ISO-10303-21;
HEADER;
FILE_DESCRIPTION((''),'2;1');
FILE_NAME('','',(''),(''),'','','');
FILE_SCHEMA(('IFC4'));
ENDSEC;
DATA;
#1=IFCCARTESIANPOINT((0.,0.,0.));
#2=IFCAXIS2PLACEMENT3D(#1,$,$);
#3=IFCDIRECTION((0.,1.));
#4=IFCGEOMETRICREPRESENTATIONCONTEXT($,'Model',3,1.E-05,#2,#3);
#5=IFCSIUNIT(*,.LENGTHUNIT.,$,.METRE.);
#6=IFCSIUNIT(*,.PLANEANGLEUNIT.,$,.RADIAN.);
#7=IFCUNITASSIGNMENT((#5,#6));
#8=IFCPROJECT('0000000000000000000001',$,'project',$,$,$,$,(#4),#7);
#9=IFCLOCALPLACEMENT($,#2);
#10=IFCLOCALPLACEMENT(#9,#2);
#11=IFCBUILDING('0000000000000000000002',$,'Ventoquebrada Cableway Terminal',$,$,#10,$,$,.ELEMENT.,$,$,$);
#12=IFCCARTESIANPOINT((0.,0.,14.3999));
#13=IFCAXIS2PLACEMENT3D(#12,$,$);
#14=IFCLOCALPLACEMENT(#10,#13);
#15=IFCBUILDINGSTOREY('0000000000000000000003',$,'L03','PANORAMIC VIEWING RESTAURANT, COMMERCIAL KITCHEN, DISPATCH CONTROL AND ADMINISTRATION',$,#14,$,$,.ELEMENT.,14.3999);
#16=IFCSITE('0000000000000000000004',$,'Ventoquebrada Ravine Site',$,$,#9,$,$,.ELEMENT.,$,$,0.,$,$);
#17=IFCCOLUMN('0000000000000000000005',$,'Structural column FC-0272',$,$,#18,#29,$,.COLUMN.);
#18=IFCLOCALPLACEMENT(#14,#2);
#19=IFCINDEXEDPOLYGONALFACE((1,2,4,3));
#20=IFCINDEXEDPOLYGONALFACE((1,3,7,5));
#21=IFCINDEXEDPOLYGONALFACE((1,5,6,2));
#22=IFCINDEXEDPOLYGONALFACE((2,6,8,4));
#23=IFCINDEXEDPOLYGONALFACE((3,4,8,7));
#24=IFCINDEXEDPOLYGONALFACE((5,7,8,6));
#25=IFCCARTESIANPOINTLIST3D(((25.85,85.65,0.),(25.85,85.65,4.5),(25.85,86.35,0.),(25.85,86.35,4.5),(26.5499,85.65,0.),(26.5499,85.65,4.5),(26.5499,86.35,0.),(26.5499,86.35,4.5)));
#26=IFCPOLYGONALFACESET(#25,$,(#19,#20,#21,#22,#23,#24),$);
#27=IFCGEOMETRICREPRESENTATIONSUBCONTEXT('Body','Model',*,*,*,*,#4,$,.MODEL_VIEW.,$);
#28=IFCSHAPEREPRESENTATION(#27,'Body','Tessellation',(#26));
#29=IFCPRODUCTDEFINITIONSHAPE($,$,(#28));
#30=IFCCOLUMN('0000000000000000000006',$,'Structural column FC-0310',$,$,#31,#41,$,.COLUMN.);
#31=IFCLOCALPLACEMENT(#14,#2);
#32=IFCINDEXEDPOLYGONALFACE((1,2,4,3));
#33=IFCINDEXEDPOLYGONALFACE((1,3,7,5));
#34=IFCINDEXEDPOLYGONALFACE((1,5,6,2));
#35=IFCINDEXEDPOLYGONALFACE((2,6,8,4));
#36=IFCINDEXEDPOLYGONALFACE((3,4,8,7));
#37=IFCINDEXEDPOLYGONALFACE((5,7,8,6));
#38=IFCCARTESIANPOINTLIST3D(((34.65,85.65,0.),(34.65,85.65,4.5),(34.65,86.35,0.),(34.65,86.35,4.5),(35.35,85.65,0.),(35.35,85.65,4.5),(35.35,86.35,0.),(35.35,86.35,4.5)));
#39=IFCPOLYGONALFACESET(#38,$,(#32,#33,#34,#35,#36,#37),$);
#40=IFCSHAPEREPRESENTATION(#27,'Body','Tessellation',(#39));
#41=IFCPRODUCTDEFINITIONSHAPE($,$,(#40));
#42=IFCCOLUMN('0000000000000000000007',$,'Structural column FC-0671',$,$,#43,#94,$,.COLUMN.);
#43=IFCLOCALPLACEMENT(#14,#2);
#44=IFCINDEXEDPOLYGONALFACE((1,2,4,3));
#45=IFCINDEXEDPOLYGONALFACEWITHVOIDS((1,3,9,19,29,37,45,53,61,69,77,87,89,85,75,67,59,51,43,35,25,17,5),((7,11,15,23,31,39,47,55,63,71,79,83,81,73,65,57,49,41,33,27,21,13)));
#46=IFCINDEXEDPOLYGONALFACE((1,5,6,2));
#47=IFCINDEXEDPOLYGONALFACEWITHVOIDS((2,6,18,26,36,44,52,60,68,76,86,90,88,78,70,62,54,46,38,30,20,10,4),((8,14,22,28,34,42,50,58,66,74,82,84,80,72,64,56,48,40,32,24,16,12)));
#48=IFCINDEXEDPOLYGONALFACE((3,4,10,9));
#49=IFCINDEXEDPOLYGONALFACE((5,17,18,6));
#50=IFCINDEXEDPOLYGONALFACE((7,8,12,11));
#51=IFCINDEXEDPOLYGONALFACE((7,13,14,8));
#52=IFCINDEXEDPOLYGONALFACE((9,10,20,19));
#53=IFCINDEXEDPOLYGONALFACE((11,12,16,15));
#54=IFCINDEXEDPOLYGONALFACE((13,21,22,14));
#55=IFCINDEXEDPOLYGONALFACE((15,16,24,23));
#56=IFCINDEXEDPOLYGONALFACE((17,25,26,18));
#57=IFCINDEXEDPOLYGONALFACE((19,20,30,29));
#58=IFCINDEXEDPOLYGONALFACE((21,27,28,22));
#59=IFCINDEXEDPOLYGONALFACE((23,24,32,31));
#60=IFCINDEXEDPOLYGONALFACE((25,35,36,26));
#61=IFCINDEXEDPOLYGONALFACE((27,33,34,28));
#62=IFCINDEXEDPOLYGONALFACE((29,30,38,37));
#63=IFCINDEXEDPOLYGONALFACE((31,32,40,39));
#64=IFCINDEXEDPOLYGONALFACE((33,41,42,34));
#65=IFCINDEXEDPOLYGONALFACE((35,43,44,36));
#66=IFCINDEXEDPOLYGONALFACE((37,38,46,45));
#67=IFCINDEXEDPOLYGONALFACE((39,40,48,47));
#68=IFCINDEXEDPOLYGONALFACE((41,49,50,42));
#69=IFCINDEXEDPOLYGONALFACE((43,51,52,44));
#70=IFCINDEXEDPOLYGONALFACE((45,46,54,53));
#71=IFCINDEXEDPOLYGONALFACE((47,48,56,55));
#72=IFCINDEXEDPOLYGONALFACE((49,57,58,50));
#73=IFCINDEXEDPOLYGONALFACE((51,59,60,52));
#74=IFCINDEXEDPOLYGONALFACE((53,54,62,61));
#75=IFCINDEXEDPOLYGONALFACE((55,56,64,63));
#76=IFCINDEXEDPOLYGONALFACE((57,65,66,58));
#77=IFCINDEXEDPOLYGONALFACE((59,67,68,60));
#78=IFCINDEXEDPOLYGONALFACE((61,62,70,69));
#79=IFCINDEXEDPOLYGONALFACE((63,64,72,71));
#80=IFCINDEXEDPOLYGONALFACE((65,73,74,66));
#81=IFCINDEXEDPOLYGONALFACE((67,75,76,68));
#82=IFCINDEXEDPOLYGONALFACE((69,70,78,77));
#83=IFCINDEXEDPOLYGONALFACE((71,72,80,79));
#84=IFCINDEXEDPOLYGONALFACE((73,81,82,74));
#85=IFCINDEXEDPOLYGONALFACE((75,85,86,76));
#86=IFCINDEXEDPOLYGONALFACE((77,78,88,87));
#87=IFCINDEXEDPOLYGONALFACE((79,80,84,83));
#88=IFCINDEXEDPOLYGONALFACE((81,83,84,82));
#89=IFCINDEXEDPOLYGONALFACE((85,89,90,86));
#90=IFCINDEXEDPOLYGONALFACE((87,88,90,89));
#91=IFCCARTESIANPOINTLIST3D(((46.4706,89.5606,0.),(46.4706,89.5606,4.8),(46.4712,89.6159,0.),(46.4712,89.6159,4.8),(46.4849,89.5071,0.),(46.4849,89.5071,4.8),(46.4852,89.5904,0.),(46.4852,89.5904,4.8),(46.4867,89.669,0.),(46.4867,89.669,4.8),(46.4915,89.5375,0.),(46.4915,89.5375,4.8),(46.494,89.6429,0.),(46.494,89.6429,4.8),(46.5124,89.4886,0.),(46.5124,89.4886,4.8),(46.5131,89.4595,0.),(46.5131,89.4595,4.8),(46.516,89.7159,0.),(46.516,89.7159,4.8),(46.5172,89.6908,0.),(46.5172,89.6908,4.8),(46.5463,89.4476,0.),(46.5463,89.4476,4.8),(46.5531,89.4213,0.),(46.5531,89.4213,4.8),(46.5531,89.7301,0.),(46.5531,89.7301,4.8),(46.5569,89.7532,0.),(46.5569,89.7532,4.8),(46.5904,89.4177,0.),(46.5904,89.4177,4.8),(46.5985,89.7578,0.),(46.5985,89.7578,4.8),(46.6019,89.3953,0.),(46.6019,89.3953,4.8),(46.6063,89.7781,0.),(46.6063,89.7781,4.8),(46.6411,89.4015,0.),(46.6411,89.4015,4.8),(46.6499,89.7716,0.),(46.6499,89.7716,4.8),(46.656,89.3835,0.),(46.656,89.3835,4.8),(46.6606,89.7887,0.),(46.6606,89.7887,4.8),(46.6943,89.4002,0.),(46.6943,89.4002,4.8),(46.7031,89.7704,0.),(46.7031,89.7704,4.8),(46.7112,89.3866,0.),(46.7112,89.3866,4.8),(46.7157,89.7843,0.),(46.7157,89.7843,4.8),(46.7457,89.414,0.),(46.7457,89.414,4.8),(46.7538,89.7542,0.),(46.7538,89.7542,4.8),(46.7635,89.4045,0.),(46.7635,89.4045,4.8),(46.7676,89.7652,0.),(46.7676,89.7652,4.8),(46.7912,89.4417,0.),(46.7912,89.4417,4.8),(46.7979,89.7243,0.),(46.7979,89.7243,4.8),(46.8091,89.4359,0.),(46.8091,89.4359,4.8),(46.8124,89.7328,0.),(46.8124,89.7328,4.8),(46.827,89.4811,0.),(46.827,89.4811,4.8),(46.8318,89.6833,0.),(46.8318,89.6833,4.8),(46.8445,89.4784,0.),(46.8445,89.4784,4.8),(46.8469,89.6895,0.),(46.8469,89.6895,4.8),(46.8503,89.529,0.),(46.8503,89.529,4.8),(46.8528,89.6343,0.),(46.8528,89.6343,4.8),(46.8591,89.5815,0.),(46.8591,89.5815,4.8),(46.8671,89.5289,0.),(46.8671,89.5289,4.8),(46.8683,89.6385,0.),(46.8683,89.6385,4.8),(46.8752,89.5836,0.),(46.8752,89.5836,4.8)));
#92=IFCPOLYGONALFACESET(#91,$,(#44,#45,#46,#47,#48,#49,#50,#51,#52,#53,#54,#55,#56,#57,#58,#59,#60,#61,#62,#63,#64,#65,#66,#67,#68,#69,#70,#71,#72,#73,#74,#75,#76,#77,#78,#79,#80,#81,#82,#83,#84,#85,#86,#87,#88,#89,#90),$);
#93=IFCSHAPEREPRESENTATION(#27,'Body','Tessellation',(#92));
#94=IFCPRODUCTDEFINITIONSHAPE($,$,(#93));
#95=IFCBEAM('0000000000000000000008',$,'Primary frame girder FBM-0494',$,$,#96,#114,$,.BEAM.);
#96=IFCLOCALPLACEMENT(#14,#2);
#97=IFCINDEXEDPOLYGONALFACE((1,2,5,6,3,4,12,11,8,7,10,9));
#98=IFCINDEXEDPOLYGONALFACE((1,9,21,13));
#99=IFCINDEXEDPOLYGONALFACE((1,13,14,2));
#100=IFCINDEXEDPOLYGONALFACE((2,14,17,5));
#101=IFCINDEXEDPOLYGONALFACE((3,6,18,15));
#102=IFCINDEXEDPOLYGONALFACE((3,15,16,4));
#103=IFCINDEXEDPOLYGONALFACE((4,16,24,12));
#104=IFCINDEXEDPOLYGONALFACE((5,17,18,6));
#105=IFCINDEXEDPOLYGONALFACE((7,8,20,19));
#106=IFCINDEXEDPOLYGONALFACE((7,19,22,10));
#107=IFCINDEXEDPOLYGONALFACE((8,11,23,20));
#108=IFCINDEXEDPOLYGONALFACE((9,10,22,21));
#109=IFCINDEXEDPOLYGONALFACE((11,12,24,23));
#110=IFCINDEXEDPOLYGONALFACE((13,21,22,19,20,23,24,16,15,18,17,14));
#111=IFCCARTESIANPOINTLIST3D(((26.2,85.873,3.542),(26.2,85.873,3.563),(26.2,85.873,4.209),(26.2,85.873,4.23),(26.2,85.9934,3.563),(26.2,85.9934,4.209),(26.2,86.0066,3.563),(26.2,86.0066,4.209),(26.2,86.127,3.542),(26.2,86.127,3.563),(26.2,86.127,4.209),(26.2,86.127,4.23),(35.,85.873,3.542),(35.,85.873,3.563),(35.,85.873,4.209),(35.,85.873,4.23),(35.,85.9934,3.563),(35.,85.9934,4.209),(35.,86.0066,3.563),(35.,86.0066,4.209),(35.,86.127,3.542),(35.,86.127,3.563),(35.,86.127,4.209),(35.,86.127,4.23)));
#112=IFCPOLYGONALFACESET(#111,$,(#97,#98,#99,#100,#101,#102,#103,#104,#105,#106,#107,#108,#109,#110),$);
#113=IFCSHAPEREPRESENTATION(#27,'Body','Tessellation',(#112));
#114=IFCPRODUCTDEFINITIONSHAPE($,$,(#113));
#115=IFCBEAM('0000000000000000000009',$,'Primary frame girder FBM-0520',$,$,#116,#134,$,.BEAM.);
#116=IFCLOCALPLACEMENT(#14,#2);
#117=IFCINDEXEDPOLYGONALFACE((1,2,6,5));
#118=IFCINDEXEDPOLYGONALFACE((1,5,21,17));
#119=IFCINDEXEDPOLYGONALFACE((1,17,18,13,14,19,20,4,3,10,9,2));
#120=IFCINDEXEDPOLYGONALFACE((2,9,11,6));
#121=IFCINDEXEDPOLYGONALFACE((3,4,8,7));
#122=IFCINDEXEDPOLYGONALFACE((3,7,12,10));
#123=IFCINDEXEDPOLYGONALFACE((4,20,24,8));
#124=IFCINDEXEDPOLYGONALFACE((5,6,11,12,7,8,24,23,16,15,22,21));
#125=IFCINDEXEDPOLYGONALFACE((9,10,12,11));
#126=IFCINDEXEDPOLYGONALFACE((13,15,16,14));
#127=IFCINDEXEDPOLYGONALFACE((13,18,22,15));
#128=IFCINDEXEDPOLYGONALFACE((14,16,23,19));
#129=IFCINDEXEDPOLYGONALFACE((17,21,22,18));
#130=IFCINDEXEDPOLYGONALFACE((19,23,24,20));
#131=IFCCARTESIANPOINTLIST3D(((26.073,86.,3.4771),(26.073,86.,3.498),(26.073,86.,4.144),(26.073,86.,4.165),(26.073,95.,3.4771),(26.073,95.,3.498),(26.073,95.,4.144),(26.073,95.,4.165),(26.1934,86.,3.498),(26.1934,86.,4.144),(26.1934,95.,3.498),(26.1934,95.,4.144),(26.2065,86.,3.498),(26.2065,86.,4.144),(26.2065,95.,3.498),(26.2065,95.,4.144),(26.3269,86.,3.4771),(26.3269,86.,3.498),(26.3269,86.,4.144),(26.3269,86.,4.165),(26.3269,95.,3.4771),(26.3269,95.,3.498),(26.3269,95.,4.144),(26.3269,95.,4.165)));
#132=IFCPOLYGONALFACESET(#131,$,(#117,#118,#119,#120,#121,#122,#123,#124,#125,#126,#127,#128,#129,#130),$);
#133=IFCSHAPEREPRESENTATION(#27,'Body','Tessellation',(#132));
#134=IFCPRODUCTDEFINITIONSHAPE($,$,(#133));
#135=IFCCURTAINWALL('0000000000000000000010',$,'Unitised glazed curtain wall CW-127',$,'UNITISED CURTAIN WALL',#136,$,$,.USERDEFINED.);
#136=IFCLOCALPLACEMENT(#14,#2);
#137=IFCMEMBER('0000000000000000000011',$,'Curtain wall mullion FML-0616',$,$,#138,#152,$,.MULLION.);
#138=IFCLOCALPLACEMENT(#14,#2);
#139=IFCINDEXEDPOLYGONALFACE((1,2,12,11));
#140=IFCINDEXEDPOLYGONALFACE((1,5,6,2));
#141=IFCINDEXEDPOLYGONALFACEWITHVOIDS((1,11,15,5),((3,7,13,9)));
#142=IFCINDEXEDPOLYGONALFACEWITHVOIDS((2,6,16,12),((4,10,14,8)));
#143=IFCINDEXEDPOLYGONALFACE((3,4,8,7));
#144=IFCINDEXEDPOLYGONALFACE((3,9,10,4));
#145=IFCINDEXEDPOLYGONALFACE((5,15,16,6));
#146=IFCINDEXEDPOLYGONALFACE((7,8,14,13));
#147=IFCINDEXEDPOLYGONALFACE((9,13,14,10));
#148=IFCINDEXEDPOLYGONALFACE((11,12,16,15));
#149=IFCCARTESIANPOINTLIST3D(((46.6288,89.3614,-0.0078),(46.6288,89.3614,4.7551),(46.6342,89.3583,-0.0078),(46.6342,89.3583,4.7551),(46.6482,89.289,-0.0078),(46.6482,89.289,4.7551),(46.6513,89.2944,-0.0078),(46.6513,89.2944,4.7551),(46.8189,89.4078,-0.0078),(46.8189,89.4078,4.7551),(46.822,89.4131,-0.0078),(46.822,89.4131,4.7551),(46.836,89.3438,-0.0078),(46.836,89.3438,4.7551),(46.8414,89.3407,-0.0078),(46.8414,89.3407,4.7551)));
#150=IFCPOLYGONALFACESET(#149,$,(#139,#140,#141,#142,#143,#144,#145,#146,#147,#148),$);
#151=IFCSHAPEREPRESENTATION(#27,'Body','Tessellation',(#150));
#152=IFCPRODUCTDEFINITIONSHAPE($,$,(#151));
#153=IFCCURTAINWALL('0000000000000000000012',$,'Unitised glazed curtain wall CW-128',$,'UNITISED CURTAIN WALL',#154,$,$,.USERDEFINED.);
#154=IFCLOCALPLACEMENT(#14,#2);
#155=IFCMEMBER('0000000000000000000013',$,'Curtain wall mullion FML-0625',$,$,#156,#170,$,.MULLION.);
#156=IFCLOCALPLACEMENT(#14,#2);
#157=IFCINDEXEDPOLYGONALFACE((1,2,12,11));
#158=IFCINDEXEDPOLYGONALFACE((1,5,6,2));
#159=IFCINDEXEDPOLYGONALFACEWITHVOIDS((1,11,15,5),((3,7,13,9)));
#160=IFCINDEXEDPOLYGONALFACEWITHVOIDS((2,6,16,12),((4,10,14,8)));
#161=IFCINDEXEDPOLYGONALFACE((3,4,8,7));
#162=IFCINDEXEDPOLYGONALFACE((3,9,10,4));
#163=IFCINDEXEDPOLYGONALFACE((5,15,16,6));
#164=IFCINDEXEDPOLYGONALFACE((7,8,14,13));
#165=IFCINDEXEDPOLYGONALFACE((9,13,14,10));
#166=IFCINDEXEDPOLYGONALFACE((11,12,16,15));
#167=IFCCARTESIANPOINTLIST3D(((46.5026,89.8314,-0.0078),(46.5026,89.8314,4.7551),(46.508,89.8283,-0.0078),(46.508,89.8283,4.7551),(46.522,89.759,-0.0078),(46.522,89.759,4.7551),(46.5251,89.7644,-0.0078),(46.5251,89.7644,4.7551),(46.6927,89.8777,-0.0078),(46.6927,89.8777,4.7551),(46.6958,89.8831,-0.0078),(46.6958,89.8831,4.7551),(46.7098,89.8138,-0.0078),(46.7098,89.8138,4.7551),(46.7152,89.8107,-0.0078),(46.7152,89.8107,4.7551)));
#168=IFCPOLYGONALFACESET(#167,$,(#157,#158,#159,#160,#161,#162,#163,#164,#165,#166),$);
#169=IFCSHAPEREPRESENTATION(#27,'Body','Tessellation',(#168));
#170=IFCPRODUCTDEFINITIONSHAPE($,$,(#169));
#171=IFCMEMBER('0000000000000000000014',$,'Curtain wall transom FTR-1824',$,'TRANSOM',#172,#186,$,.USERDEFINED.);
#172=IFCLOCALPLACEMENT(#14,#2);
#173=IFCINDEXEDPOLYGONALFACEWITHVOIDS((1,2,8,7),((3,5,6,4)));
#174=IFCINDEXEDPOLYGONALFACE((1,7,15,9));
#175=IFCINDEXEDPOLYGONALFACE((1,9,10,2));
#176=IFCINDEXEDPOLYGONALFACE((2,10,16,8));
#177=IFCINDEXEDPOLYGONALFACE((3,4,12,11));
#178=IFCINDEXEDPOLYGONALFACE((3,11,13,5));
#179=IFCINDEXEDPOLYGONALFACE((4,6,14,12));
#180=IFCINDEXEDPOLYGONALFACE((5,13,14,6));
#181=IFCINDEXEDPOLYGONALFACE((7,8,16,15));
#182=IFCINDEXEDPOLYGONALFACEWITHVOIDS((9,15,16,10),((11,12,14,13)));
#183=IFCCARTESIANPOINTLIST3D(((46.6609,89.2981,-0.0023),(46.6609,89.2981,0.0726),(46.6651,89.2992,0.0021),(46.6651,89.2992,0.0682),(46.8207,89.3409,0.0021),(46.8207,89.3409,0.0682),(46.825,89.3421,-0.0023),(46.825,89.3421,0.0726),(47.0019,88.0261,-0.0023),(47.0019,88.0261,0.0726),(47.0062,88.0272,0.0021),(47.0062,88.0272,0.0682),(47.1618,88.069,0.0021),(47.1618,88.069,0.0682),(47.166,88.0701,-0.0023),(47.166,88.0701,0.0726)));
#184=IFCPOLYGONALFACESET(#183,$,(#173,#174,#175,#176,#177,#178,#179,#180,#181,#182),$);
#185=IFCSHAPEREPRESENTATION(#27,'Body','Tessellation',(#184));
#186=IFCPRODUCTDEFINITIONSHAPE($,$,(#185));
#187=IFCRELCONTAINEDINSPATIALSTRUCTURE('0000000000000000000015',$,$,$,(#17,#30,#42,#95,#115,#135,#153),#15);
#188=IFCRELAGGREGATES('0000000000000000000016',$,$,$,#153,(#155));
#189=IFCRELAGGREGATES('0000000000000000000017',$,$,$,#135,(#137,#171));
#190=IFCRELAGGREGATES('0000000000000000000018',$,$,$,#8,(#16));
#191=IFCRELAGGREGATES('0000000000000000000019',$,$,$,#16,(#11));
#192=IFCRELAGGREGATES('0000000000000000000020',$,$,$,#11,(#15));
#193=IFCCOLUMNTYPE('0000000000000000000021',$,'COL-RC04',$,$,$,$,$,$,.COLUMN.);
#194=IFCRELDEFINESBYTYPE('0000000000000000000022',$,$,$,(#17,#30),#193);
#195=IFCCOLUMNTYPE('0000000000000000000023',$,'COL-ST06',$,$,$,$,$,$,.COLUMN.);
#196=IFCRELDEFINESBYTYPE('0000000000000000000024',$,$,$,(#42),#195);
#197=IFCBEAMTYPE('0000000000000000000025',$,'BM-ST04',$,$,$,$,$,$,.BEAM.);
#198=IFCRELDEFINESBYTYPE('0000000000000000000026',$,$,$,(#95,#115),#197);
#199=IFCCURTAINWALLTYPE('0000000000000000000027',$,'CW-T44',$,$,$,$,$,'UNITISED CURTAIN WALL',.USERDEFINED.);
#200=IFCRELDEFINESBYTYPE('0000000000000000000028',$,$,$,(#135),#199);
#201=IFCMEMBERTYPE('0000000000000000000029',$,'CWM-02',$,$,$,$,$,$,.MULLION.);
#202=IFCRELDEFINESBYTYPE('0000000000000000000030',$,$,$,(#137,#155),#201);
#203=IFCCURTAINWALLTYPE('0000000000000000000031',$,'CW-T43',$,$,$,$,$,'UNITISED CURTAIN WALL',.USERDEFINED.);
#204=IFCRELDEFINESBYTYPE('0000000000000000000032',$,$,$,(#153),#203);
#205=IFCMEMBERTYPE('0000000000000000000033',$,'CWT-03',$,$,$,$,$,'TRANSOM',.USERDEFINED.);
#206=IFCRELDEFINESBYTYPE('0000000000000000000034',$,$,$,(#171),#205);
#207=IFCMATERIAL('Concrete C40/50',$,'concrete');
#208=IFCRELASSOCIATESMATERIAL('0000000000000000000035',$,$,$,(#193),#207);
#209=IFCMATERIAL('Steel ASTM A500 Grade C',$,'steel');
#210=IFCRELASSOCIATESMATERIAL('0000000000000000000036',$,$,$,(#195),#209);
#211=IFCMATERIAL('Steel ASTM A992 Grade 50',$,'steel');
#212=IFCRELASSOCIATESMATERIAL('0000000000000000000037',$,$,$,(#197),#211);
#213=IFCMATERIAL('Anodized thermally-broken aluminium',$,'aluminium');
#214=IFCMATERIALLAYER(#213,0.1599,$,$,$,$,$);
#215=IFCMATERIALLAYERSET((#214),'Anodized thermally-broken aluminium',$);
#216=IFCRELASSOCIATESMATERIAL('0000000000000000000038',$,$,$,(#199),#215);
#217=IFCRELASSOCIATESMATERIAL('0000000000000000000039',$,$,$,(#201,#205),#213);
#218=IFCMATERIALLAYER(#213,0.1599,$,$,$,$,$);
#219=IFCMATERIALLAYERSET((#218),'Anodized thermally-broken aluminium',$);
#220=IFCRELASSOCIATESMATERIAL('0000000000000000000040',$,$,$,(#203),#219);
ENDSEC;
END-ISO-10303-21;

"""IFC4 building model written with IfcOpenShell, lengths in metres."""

from ifc_helpers import new_model, si_unit, direction, frame, origin, origin_2d, place, context, subcontext, project, spatial, rectangle, hollow_rectangle, hollow_circle, i_section, extrude, material, layer, layer_set, material_profile, profile_set, type_object, element, aggregate, save


model = new_model("IFC4")

# Units and contexts
model_context = context("Model", 3, precision=1e-05, world=origin(), true_north=direction((0.0, 1.0)))
body_context = subcontext(model_context, "Body", "Model", "MODEL_VIEW")
ifc_project = project(units=[si_unit("LENGTHUNIT", "METRE"), si_unit("PLANEANGLEUNIT", "RADIAN")], contexts=[model_context])

# Site, building, storey
site_placement = place(None, origin())
site = spatial("IfcSite", under=ifc_project, at=site_placement, Name="Ventoquebrada Ravine Site", CompositionType="ELEMENT", RefElevation=0.0)
building_placement = place(site_placement, origin())
building = spatial("IfcBuilding", under=site, at=building_placement, Name="Ventoquebrada Cableway Terminal", CompositionType="ELEMENT")
storey_placement = place(building_placement, frame((0.0, 0.0, 14.3999)))
storey = spatial("IfcBuildingStorey", under=building, at=storey_placement, Name="L03", Description="PANORAMIC VIEWING RESTAURANT, COMMERCIAL KITCHEN, DISPATCH CONTROL AND ADMINISTRATION", CompositionType="ELEMENT", Elevation=14.3999)

# Columns
ifc_material_1 = material(Name="Concrete C40/50", Category="concrete")
ifc_material_profile_1 = material_profile(ifc_material_1, rectangle(XDim=0.7, YDim=0.7, at=origin_2d()), Name="RC-COL-700X700")
ifc_profile_set_1 = profile_set([ifc_material_profile_1], Name="Concrete C40/50")
column_type_1 = type_object("IfcColumnType", Name="COL-RC04", PredefinedType="COLUMN", material=ifc_profile_set_1)
for number, where, z_axis, x_axis, name in (
    (1, (26.2, 86.0, 0.0), (0.0, 0.0, 1.0), (1.0, 0.0, 0.0), "Structural column FC-0272"),
    (2, (35.0, 86.0, 0.0), (0.0, 0.0, 1.0), (1.0, 0.0, 0.0), "Structural column FC-0310"),
):
    element("IfcColumn", number, at=place(storey_placement, frame(where, z_axis=z_axis, x_axis=x_axis)), inside=storey, type_object=column_type_1, Name=name, PredefinedType="COLUMN", context=body_context, shape_type="SweptSolid", body=[
        extrude(rectangle(XDim=0.7, YDim=0.7, at=origin_2d()), origin(), (0.0, 0.0, 1.0), 4.5),
    ])
ifc_material_2 = material(Name="Steel ASTM A500 Grade C", Category="steel")
ifc_material_profile_2 = material_profile(ifc_material_2, hollow_circle(Radius=0.2031, WallThickness=0.0161, at=origin_2d()), Name="CHS406.4X16")
ifc_profile_set_2 = profile_set([ifc_material_profile_2], Name="Steel ASTM A500 Grade C")
column_type_2 = type_object("IfcColumnType", Name="COL-ST06", PredefinedType="COLUMN", material=ifc_profile_set_2)
column_placement = place(storey_placement, frame((46.6721, 89.5859, 0.0), z_axis=(0.0, 0.0, 1.0), x_axis=(0.965926, 0.258819, 0.0)))
element("IfcColumn", 3, at=column_placement, inside=storey, type_object=column_type_2, Name="Structural column FC-0671", PredefinedType="COLUMN", context=body_context, shape_type="SweptSolid", body=[
    extrude(hollow_circle(Radius=0.2031, WallThickness=0.0161, at=origin_2d()), origin(), (0.0, 0.0, 1.0), 4.8),
])

# Beams
ifc_material_3 = material(Name="Steel ASTM A992 Grade 50", Category="steel")
ifc_material_profile_3 = material_profile(ifc_material_3, i_section(OverallWidth=0.2539, OverallDepth=0.688, WebThickness=0.0132, FlangeThickness=0.021, at=origin_2d()), Name="W27X102")
ifc_profile_set_3 = profile_set([ifc_material_profile_3], Name="Steel ASTM A992 Grade 50")
beam_type_1 = type_object("IfcBeamType", Name="BM-ST04", PredefinedType="BEAM", material=ifc_profile_set_3)
beam_1_placement = place(storey_placement, frame((26.2, 86.0, 3.886), z_axis=(1.0, 0.0, 0.0), x_axis=(0.0, 1.0, 0.0)))
element("IfcBeam", 4, at=beam_1_placement, inside=storey, type_object=beam_type_1, Name="Primary frame girder FBM-0494", PredefinedType="BEAM", context=body_context, shape_type="SweptSolid", body=[
    extrude(i_section(OverallWidth=0.2539, OverallDepth=0.688, WebThickness=0.0132, FlangeThickness=0.021, at=origin_2d()), origin(), (0.0, 0.0, 1.0), 8.8),
])
beam_2_placement = place(storey_placement, frame((26.2, 86.0, 3.821), z_axis=(0.0, 1.0, 0.0), x_axis=(-1.0, 0.0, 0.0)))
element("IfcBeam", 5, at=beam_2_placement, inside=storey, type_object=beam_type_1, Name="Primary frame girder FBM-0520", PredefinedType="BEAM", context=body_context, shape_type="SweptSolid", body=[
    extrude(i_section(OverallWidth=0.2539, OverallDepth=0.688, WebThickness=0.0132, FlangeThickness=0.021, at=origin_2d()), origin(), (0.0, 0.0, 1.0), 9.0),
])

# Curtain walls, members
ifc_material_4 = material(Name="Anodized thermally-broken aluminium", Category="aluminium")
ifc_layer_1 = layer(ifc_material_4, 0.1599)
ifc_layer_set_1 = layer_set([ifc_layer_1], Name="Anodized thermally-broken aluminium")
curtain_wall_type_1 = type_object("IfcCurtainWallType", Name="CW-T44", ElementType="UNITISED CURTAIN WALL", PredefinedType="USERDEFINED", material=ifc_layer_set_1)
curtain_wall_1_placement = place(storey_placement, origin())
curtain_wall_1 = element("IfcCurtainWall", 6, at=curtain_wall_1_placement, inside=storey, type_object=curtain_wall_type_1, Name="Unitised glazed curtain wall CW-127", ObjectType="UNITISED CURTAIN WALL", PredefinedType="USERDEFINED")
ifc_material_profile_4 = material_profile(ifc_material_4, hollow_rectangle(XDim=0.075, YDim=0.2, WallThickness=0.0044, at=origin_2d()), Name="CW-MUL-75X200")
ifc_profile_set_4 = profile_set([ifc_material_profile_4], Name="Anodized thermally-broken aluminium")
member_type_1 = type_object("IfcMemberType", Name="CWM-02", PredefinedType="MULLION", material=ifc_profile_set_4)
member_1_placement = place(storey_placement, frame((46.7351, 89.3511, -0.0078), z_axis=(0.0, 0.0, 1.0), x_axis=(0.258735, -0.965948, 0.0)))
member_1 = element("IfcMember", 7, at=member_1_placement, type_object=member_type_1, Name="Curtain wall mullion FML-0616", PredefinedType="MULLION", context=body_context, shape_type="SweptSolid", body=[
    extrude(hollow_rectangle(XDim=0.075, YDim=0.2, WallThickness=0.0044, at=origin_2d()), origin(), (0.0, 0.0, 1.0), 4.7629),
])
ifc_layer_2 = layer(ifc_material_4, 0.1599)
ifc_layer_set_2 = layer_set([ifc_layer_2], Name="Anodized thermally-broken aluminium")
curtain_wall_type_2 = type_object("IfcCurtainWallType", Name="CW-T43", ElementType="UNITISED CURTAIN WALL", PredefinedType="USERDEFINED", material=ifc_layer_set_2)
curtain_wall_2_placement = place(storey_placement, origin())
curtain_wall_2 = element("IfcCurtainWall", 8, at=curtain_wall_2_placement, inside=storey, type_object=curtain_wall_type_2, Name="Unitised glazed curtain wall CW-128", ObjectType="UNITISED CURTAIN WALL", PredefinedType="USERDEFINED")
member_2_placement = place(storey_placement, frame((46.6089, 89.821, -0.0078), z_axis=(0.0, 0.0, 1.0), x_axis=(0.258701, -0.965957, 0.0)))
member_2 = element("IfcMember", 9, at=member_2_placement, type_object=member_type_1, Name="Curtain wall mullion FML-0625", PredefinedType="MULLION", context=body_context, shape_type="SweptSolid", body=[
    extrude(hollow_rectangle(XDim=0.075, YDim=0.2, WallThickness=0.0044, at=origin_2d()), origin(), (0.0, 0.0, 1.0), 4.7629),
])
aggregate(curtain_wall_2, [member_2])

# Member
ifc_material_profile_5 = material_profile(ifc_material_4, hollow_rectangle(XDim=0.075, YDim=0.1699, WallThickness=0.0044, at=origin_2d()), Name="CW-TRN-75X170")
ifc_profile_set_5 = profile_set([ifc_material_profile_5], Name="Anodized thermally-broken aluminium")
member_type_2 = type_object("IfcMemberType", Name="CWT-03", ElementType="TRANSOM", PredefinedType="USERDEFINED", material=ifc_profile_set_5)
member_3_placement = place(storey_placement, frame((46.7429, 89.3201, 0.0352), z_axis=(0.258989, -0.96588, 0.0), x_axis=(0.0, 0.0, 1.0)))
member_3 = element("IfcMember", 10, at=member_3_placement, type_object=member_type_2, Name="Curtain wall transom FTR-1824", ObjectType="TRANSOM", PredefinedType="USERDEFINED", context=body_context, shape_type="SweptSolid", body=[
    extrude(hollow_rectangle(XDim=0.075, YDim=0.1699, WallThickness=0.0044, at=origin_2d()), origin(), (0.0, 0.0, 1.0), 1.3169),
])
aggregate(curtain_wall_1, [member_1, member_3])

save(model, "model.ifc")
